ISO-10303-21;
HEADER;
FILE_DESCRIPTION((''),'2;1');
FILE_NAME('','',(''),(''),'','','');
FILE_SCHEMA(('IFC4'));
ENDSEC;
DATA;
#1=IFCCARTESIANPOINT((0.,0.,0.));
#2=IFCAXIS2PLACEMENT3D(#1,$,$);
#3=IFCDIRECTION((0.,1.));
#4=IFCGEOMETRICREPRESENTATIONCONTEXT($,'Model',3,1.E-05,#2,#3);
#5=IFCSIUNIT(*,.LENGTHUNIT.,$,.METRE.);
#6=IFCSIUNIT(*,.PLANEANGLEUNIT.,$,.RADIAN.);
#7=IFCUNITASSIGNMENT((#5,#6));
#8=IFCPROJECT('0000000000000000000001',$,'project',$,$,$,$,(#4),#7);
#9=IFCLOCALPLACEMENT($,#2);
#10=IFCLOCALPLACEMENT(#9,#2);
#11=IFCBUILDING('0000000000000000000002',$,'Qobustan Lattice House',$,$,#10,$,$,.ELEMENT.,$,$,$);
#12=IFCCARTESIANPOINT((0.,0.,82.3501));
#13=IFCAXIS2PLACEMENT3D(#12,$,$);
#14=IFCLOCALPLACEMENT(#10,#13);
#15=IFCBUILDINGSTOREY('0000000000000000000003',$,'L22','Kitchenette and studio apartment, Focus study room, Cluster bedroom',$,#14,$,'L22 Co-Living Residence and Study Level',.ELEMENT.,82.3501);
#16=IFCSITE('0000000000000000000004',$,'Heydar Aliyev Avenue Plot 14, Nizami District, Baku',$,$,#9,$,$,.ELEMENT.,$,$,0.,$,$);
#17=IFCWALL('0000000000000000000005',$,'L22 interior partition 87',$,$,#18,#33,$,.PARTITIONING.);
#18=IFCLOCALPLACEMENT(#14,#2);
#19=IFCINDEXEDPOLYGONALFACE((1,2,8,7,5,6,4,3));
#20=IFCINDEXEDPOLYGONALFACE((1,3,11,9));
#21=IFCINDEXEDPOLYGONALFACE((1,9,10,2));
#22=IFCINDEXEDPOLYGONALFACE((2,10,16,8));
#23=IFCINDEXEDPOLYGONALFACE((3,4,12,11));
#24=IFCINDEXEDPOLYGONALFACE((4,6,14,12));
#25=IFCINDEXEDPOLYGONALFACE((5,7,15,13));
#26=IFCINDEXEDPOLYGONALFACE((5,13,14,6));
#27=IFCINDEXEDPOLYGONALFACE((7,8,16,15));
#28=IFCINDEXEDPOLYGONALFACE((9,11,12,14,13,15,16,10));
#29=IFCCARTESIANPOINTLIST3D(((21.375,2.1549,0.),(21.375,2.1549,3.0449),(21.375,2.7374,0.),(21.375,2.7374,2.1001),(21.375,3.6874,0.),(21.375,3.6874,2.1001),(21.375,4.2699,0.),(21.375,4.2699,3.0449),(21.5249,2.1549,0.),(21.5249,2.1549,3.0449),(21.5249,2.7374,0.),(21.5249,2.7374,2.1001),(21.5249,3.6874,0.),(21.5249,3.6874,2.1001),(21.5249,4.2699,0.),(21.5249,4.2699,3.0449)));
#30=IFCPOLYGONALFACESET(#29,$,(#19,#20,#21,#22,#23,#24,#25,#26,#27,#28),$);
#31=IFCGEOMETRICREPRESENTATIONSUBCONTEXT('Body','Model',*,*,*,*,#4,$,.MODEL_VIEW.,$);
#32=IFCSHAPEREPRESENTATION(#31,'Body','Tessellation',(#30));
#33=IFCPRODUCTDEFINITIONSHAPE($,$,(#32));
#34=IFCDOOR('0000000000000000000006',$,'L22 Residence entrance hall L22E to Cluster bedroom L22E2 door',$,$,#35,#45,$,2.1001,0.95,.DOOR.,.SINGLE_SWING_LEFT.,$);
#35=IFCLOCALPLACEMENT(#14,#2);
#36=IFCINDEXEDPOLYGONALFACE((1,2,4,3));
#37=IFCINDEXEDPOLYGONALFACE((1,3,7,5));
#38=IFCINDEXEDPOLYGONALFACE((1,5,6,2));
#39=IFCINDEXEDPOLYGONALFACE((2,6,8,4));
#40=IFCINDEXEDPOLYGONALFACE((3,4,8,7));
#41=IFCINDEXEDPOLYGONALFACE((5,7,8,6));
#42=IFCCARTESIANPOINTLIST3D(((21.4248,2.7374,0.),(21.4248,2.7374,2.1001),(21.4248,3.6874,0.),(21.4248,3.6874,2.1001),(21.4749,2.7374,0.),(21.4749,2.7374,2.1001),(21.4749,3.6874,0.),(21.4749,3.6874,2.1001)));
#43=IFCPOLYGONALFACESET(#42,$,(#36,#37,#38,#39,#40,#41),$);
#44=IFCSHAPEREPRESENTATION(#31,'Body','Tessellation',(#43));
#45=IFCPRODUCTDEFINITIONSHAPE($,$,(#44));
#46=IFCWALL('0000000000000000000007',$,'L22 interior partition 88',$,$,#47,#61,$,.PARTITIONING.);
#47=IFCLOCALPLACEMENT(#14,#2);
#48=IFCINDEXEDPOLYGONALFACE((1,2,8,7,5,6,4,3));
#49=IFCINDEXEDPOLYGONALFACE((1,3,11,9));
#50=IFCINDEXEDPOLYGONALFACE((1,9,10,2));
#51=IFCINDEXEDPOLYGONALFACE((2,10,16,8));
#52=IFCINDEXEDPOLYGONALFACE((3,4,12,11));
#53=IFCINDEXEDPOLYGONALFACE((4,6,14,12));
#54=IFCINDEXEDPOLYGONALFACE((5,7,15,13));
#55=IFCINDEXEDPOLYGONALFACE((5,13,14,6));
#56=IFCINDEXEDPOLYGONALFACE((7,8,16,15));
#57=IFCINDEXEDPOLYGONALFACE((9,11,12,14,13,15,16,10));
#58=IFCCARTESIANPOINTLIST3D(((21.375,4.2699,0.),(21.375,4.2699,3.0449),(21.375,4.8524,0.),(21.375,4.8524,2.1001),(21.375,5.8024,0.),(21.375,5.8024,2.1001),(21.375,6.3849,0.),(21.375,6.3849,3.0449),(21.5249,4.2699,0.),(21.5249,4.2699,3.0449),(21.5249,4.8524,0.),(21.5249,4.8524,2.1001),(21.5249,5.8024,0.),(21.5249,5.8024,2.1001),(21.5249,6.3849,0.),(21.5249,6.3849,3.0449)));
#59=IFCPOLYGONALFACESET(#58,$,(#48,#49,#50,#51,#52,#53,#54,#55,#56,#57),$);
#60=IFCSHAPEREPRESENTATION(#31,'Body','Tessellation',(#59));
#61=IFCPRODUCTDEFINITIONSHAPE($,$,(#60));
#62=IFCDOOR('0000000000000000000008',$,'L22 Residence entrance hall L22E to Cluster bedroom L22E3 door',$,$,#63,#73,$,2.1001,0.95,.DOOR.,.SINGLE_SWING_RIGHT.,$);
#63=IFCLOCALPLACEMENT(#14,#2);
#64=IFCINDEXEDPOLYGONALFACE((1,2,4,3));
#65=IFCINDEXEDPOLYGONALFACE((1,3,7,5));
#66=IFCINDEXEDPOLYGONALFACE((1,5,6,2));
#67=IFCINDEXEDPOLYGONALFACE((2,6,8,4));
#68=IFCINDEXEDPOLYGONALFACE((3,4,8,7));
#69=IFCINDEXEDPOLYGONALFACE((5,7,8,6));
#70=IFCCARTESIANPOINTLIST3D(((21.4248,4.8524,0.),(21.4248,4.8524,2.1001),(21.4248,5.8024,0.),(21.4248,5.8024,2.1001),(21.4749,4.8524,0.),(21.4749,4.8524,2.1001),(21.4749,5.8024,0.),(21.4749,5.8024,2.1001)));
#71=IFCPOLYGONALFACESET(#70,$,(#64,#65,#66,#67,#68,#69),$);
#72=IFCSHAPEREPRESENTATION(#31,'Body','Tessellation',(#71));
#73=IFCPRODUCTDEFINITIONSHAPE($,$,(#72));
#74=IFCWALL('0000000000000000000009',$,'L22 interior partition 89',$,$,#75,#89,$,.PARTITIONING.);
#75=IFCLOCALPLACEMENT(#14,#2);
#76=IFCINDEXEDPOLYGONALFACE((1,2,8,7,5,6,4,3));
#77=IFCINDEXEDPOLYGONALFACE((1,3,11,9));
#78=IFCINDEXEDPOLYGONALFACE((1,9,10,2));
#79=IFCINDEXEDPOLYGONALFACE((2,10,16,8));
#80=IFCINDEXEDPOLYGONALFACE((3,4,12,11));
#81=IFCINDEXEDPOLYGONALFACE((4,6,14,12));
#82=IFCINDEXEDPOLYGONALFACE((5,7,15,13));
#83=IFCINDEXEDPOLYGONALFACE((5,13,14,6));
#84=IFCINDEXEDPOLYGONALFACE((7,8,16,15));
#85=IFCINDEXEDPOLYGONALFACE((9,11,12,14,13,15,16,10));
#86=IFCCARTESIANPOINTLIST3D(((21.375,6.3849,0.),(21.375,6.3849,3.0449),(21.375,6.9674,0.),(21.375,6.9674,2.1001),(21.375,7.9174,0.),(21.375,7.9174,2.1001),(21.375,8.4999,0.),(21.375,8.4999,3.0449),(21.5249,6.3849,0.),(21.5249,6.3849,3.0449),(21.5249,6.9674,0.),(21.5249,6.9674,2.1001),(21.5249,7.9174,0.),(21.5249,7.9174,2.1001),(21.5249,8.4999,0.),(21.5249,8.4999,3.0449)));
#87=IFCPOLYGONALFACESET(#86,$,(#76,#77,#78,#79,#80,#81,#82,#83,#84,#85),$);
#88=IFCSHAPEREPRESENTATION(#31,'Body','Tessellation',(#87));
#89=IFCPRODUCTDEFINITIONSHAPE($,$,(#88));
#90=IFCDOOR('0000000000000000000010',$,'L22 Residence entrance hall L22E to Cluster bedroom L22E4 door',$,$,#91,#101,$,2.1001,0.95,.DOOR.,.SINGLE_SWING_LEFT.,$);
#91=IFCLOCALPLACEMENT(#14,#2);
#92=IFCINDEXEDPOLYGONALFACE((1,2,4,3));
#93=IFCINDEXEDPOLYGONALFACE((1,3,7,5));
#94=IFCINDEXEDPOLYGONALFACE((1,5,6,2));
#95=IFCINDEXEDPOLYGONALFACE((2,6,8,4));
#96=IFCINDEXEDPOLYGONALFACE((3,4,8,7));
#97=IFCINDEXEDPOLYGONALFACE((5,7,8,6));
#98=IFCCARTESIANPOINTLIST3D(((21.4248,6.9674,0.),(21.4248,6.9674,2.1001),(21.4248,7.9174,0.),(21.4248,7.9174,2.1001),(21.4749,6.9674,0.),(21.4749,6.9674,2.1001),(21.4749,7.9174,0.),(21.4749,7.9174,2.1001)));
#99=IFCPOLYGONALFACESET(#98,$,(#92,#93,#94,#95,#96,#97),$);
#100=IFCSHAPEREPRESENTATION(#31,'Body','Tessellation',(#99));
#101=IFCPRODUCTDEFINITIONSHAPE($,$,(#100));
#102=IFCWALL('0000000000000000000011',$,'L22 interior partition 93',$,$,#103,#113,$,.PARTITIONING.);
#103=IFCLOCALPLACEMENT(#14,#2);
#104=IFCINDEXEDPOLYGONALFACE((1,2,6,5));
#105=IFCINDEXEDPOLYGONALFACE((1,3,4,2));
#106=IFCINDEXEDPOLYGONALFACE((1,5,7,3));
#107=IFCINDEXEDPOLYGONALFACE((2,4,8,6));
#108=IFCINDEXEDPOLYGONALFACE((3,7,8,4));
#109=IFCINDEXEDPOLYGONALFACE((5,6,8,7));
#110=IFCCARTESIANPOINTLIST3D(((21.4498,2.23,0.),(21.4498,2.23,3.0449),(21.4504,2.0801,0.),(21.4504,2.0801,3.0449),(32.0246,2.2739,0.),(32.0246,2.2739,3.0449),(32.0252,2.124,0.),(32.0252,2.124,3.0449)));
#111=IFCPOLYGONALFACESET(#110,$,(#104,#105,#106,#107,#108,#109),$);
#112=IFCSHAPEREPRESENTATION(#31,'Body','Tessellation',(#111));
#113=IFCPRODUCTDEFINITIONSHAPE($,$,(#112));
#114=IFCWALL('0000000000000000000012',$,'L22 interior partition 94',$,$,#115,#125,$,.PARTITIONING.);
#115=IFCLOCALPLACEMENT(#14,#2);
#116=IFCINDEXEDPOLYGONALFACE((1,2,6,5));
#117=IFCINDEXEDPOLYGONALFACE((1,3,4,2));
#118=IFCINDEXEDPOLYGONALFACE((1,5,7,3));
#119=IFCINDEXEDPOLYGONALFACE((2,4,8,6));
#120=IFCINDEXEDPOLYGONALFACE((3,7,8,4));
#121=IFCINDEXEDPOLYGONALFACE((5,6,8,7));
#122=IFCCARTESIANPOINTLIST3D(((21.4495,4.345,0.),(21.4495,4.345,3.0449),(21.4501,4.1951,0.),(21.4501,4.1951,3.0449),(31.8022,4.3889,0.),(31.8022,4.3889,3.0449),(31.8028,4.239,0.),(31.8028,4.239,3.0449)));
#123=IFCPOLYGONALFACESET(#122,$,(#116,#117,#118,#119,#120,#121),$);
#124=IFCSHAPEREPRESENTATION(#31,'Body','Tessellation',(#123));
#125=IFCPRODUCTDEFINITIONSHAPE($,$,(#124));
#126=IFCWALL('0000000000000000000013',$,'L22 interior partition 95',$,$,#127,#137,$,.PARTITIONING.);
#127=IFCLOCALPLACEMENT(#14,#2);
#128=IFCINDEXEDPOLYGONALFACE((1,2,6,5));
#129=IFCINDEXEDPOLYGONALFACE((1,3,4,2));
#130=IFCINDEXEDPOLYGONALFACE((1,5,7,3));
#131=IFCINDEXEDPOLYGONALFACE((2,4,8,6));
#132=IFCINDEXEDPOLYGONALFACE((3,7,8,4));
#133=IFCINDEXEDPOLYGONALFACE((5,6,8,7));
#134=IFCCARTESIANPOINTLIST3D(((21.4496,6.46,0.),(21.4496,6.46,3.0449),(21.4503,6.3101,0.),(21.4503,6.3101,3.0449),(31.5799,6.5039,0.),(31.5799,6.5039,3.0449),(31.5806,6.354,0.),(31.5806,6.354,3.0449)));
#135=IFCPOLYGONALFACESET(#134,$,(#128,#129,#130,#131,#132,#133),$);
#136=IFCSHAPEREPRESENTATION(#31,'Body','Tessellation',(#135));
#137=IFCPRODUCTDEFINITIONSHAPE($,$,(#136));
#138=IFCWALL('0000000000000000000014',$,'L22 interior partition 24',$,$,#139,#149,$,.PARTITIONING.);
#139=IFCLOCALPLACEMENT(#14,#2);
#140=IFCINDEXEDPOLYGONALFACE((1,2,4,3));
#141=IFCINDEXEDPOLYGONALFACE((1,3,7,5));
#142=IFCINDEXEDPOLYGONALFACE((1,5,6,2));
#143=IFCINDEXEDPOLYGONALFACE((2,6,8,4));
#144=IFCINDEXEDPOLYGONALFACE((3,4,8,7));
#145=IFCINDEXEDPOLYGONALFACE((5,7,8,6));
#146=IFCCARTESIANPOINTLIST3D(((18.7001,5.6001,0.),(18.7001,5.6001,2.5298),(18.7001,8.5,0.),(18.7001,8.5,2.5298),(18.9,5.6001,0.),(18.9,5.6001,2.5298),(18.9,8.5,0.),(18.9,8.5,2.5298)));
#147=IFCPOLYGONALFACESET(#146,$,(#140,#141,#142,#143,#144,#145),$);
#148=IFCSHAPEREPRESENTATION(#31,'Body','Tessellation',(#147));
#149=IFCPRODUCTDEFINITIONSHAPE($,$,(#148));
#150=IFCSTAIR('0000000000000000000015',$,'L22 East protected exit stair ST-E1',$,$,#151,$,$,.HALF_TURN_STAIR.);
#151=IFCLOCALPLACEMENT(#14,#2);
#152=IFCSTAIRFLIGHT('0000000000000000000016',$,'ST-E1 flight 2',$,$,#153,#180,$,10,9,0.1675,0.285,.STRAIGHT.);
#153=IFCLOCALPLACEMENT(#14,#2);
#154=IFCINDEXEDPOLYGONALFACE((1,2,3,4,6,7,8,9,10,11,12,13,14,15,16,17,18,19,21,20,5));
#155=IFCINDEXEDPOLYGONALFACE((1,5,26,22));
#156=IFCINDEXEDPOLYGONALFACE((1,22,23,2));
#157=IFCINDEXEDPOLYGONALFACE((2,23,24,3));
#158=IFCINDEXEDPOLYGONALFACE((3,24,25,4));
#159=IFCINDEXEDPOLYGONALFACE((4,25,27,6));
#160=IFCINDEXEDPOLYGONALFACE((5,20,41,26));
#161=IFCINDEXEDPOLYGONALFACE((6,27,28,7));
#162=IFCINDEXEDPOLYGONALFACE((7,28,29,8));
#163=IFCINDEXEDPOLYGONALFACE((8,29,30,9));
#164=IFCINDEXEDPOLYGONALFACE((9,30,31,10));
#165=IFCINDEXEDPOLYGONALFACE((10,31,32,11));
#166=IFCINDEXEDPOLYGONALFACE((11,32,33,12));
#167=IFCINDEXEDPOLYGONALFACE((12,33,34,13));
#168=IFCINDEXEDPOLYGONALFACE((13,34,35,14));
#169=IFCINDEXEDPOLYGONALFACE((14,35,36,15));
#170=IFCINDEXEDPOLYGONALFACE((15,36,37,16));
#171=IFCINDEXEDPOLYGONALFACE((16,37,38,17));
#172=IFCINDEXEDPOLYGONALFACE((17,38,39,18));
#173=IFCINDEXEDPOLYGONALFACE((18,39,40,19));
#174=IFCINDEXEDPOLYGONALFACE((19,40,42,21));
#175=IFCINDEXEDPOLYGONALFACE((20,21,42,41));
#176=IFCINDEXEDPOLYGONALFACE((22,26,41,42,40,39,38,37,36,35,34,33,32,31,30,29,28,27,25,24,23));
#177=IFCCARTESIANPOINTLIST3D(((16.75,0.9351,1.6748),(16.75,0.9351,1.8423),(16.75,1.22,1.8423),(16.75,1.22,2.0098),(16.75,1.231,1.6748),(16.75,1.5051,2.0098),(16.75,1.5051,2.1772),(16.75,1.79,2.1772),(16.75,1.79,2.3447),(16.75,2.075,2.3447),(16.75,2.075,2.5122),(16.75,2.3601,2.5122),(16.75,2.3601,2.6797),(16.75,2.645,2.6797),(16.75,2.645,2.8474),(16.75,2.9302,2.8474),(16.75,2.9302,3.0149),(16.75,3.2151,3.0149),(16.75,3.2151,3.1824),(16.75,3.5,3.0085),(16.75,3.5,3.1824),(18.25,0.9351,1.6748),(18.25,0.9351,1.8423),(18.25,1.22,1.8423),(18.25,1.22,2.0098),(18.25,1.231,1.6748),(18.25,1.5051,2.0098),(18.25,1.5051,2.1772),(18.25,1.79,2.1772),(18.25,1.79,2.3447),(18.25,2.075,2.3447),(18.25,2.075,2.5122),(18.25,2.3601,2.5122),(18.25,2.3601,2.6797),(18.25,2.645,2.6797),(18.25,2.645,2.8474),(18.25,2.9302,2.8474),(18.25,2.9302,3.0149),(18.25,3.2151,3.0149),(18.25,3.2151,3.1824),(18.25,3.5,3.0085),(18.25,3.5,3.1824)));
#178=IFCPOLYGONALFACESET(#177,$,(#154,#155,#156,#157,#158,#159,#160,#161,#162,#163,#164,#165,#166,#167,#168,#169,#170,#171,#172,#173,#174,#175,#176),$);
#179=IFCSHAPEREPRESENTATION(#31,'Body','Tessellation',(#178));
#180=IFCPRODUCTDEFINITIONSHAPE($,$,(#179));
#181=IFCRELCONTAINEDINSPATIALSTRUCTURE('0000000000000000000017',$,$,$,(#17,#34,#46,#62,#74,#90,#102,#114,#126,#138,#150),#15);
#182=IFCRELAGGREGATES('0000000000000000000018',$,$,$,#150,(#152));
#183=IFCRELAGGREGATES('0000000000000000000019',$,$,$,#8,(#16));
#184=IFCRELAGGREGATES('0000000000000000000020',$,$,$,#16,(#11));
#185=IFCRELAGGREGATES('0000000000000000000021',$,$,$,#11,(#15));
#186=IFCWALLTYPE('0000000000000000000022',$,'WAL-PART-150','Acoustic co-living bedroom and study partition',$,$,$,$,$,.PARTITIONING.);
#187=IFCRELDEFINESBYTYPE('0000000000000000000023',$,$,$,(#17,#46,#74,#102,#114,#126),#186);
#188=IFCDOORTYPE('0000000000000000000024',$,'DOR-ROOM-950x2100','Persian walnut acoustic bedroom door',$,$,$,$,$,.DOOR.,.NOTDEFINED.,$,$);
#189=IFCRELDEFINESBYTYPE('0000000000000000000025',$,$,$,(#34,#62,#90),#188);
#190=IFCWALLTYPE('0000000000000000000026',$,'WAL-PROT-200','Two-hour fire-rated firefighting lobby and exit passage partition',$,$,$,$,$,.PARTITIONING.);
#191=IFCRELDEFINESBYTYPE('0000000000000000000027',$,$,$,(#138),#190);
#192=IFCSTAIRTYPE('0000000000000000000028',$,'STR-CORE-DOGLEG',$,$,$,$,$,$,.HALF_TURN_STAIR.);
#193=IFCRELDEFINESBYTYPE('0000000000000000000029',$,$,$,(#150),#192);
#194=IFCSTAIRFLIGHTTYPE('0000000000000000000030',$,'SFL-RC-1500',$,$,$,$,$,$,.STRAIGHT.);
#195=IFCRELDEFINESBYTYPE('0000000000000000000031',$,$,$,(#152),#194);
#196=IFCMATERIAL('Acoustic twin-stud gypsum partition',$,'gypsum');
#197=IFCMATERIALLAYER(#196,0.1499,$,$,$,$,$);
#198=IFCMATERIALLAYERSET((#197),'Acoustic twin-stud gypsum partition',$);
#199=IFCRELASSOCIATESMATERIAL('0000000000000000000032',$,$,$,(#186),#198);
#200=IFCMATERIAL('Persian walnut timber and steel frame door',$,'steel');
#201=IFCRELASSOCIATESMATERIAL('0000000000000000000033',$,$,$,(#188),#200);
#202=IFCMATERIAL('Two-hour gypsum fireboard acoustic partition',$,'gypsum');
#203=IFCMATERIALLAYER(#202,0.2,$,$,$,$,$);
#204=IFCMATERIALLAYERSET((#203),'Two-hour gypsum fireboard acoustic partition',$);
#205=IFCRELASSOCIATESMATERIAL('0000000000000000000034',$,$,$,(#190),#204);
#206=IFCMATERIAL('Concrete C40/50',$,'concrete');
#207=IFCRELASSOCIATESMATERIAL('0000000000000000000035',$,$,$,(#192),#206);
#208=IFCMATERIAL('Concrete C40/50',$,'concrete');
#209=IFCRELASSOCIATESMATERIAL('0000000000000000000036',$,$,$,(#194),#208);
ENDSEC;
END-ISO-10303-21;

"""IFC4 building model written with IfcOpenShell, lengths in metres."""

from ifc_helpers import new_model, si_unit, direction, frame, frame_2d, origin, place, context, subcontext, project, spatial, polyline, rectangle, outline, extrude, material, layer, layer_set, type_object, element, fill, aggregate, save


model = new_model("IFC4")

# Units and contexts
model_context = context("Model", 3, precision=1e-05, world=origin(), true_north=direction((0.0, 1.0)))
body_context = subcontext(model_context, "Body", "Model", "MODEL_VIEW")
ifc_project = project(units=[si_unit("LENGTHUNIT", "METRE"), si_unit("PLANEANGLEUNIT", "RADIAN")], contexts=[model_context])

# Site, building, storey
site_placement = place(None, origin())
site = spatial("IfcSite", under=ifc_project, at=site_placement, Name="Heydar Aliyev Avenue Plot 14, Nizami District, Baku", CompositionType="ELEMENT", RefElevation=0.0)
building_placement = place(site_placement, origin())
building = spatial("IfcBuilding", under=site, at=building_placement, Name="Qobustan Lattice House", CompositionType="ELEMENT")
storey_placement = place(building_placement, frame((0.0, 0.0, 82.3501)))
storey = spatial("IfcBuildingStorey", under=building, at=storey_placement, Name="L22", Description="Kitchenette and studio apartment, Focus study room, Cluster bedroom", LongName="L22 Co-Living Residence and Study Level", CompositionType="ELEMENT", Elevation=82.3501)

# Shared definitions
ifc_material_1 = material(Name="Acoustic twin-stud gypsum partition", Category="gypsum")
ifc_layer_1 = layer(ifc_material_1, 0.1499)
ifc_layer_set_1 = layer_set([ifc_layer_1], Name="Acoustic twin-stud gypsum partition")
wall_type_1 = type_object("IfcWallType", Name="WAL-PART-150", Description="Acoustic co-living bedroom and study partition", PredefinedType="PARTITIONING", material=ifc_layer_set_1)

# Walls, openings, doors
ifc_material_2 = material(Name="Persian walnut timber and steel frame door", Category="steel")
door_type_1 = type_object("IfcDoorType", Name="DOR-ROOM-950x2100", Description="Persian walnut acoustic bedroom door", OperationType="NOTDEFINED", PredefinedType="DOOR", material=ifc_material_2)
wall_1_placement = place(storey_placement, frame((21.45, 4.27, 0.0), z_axis=(0.0, 0.0, 1.0), x_axis=(0.0, -1.0, 0.0)))
wall_1 = element("IfcWall", 1, at=wall_1_placement, inside=storey, type_object=wall_type_1, Name="L22 interior partition 87", PredefinedType="PARTITIONING", context=body_context, shape_type="SweptSolid", body=[
    extrude(rectangle(XDim=2.115, YDim=0.1499, at=frame_2d((1.0576, 0.0))), origin(), (0.0, 0.0, 1.0), 3.0449),
])
opening_1_placement = place(wall_1_placement, frame((0.5825, 0.0, 0.0)))
opening_1 = element("IfcOpeningElement", 2, at=opening_1_placement, cuts=wall_1, PredefinedType="OPENING", context=body_context, shape_type="SweptSolid", body=[
    extrude(rectangle(XDim=0.95, YDim=2.1001, at=frame_2d((0.4751, 1.05))), frame((0.0, 0.085, 0.0), z_axis=(0.0, -1.0, 0.0), x_axis=(1.0, 0.0, 0.0)), (0.0, 0.0, 1.0), 0.1699),
])
door_1_placement = place(opening_1_placement, origin())
door_1 = element("IfcDoor", 3, at=door_1_placement, inside=storey, type_object=door_type_1, Name="L22 Residence entrance hall L22E to Cluster bedroom L22E2 door", OperationType="SINGLE_SWING_LEFT", OverallHeight=2.1001, OverallWidth=0.95, PredefinedType="DOOR", context=body_context, shape_type="SweptSolid", body=[
    extrude(rectangle(XDim=0.95, YDim=2.1001, at=frame_2d((0.4751, 1.05))), frame((0.0, 0.0249, 0.0), z_axis=(0.0, -1.0, 0.0), x_axis=(1.0, 0.0, 0.0)), (0.0, 0.0, 1.0), 0.05),
])
fill(opening_1, door_1)
wall_2_placement = place(storey_placement, frame((21.45, 6.385, 0.0), z_axis=(0.0, 0.0, 1.0), x_axis=(0.0, -1.0, 0.0)))
wall_2 = element("IfcWall", 4, at=wall_2_placement, inside=storey, type_object=wall_type_1, Name="L22 interior partition 88", PredefinedType="PARTITIONING", context=body_context, shape_type="SweptSolid", body=[
    extrude(rectangle(XDim=2.115, YDim=0.1499, at=frame_2d((1.0576, 0.0))), origin(), (0.0, 0.0, 1.0), 3.0449),
])
opening_2_placement = place(wall_2_placement, frame((0.5825, 0.0, 0.0)))
opening_2 = element("IfcOpeningElement", 5, at=opening_2_placement, cuts=wall_2, PredefinedType="OPENING", context=body_context, shape_type="SweptSolid", body=[
    extrude(rectangle(XDim=0.95, YDim=2.1001, at=frame_2d((0.4751, 1.05))), frame((0.0, 0.085, 0.0), z_axis=(0.0, -1.0, 0.0), x_axis=(1.0, 0.0, 0.0)), (0.0, 0.0, 1.0), 0.1699),
])
door_2_placement = place(opening_2_placement, origin())
door_2 = element("IfcDoor", 6, at=door_2_placement, inside=storey, type_object=door_type_1, Name="L22 Residence entrance hall L22E to Cluster bedroom L22E3 door", OperationType="SINGLE_SWING_RIGHT", OverallHeight=2.1001, OverallWidth=0.95, PredefinedType="DOOR", context=body_context, shape_type="SweptSolid", body=[
    extrude(rectangle(XDim=0.95, YDim=2.1001, at=frame_2d((0.4751, 1.05))), frame((0.0, 0.0249, 0.0), z_axis=(0.0, -1.0, 0.0), x_axis=(1.0, 0.0, 0.0)), (0.0, 0.0, 1.0), 0.05),
])
fill(opening_2, door_2)
wall_3_placement = place(storey_placement, frame((21.45, 8.5, 0.0), z_axis=(0.0, 0.0, 1.0), x_axis=(0.0, -1.0, 0.0)))
wall_3 = element("IfcWall", 7, at=wall_3_placement, inside=storey, type_object=wall_type_1, Name="L22 interior partition 89", PredefinedType="PARTITIONING", context=body_context, shape_type="SweptSolid", body=[
    extrude(rectangle(XDim=2.115, YDim=0.1499, at=frame_2d((1.0576, 0.0))), origin(), (0.0, 0.0, 1.0), 3.0449),
])
opening_3_placement = place(wall_3_placement, frame((0.5825, 0.0, 0.0)))
opening_3 = element("IfcOpeningElement", 8, at=opening_3_placement, cuts=wall_3, PredefinedType="OPENING", context=body_context, shape_type="SweptSolid", body=[
    extrude(rectangle(XDim=0.95, YDim=2.1001, at=frame_2d((0.4751, 1.05))), frame((0.0, 0.085, 0.0), z_axis=(0.0, -1.0, 0.0), x_axis=(1.0, 0.0, 0.0)), (0.0, 0.0, 1.0), 0.1699),
])
door_3_placement = place(opening_3_placement, origin())
door_3 = element("IfcDoor", 9, at=door_3_placement, inside=storey, type_object=door_type_1, Name="L22 Residence entrance hall L22E to Cluster bedroom L22E4 door", OperationType="SINGLE_SWING_LEFT", OverallHeight=2.1001, OverallWidth=0.95, PredefinedType="DOOR", context=body_context, shape_type="SweptSolid", body=[
    extrude(rectangle(XDim=0.95, YDim=2.1001, at=frame_2d((0.4751, 1.05))), frame((0.0, 0.0249, 0.0), z_axis=(0.0, -1.0, 0.0), x_axis=(1.0, 0.0, 0.0)), (0.0, 0.0, 1.0), 0.05),
])
fill(opening_3, door_3)

# Walls
wall_4_placement = place(storey_placement, frame((21.45, 2.155, 0.0), z_axis=(0.0, 0.0, 1.0), x_axis=(0.999991, 0.004156, 0.0)))
element("IfcWall", 10, at=wall_4_placement, inside=storey, type_object=wall_type_1, Name="L22 interior partition 93", PredefinedType="PARTITIONING", context=body_context, shape_type="SweptSolid", body=[
    extrude(rectangle(XDim=10.575, YDim=0.1499, at=frame_2d((5.2876, 0.0))), origin(), (0.0, 0.0, 1.0), 3.0449),
])
wall_5_placement = place(storey_placement, frame((21.45, 4.27, 0.0), z_axis=(0.0, 0.0, 1.0), x_axis=(0.999991, 0.004245, 0.0)))
element("IfcWall", 11, at=wall_5_placement, inside=storey, type_object=wall_type_1, Name="L22 interior partition 94", PredefinedType="PARTITIONING", context=body_context, shape_type="SweptSolid", body=[
    extrude(rectangle(XDim=10.3528, YDim=0.1499, at=frame_2d((5.1763, 0.0))), origin(), (0.0, 0.0, 1.0), 3.0449),
])
wall_6_placement = place(storey_placement, frame((21.45, 6.385, 0.0), z_axis=(0.0, 0.0, 1.0), x_axis=(0.999991, 0.004338, 0.0)))
element("IfcWall", 12, at=wall_6_placement, inside=storey, type_object=wall_type_1, Name="L22 interior partition 95", PredefinedType="PARTITIONING", context=body_context, shape_type="SweptSolid", body=[
    extrude(rectangle(XDim=10.1304, YDim=0.1499, at=frame_2d((5.0652, 0.0))), origin(), (0.0, 0.0, 1.0), 3.0449),
])

# Shared definitions
ifc_material_3 = material(Name="Two-hour gypsum fireboard acoustic partition", Category="gypsum")
ifc_layer_2 = layer(ifc_material_3, 0.2)
ifc_layer_set_2 = layer_set([ifc_layer_2], Name="Two-hour gypsum fireboard acoustic partition")
wall_type_2 = type_object("IfcWallType", Name="WAL-PROT-200", Description="Two-hour fire-rated firefighting lobby and exit passage partition", PredefinedType="PARTITIONING", material=ifc_layer_set_2)

# Wall
wall_7_placement = place(storey_placement, frame((18.8, 5.6001, 0.0), z_axis=(0.0, 0.0, 1.0), x_axis=(0.0, 1.0, 0.0)))
element("IfcWall", 13, at=wall_7_placement, inside=storey, type_object=wall_type_2, Name="L22 interior partition 24", PredefinedType="PARTITIONING", context=body_context, shape_type="SweptSolid", body=[
    extrude(rectangle(XDim=2.8999, YDim=0.2, at=frame_2d((1.45, 0.0))), origin(), (0.0, 0.0, 1.0), 2.5298),
])

# Stair, stair flight
ifc_material_4 = material(Name="Concrete C40/50", Category="concrete")
stair_type = type_object("IfcStairType", Name="STR-CORE-DOGLEG", PredefinedType="HALF_TURN_STAIR", material=ifc_material_4)
stair_placement = place(storey_placement, origin())
stair = element("IfcStair", 14, at=stair_placement, inside=storey, type_object=stair_type, Name="L22 East protected exit stair ST-E1", PredefinedType="HALF_TURN_STAIR")
ifc_material_5 = material(Name="Concrete C40/50", Category="concrete")
stair_flight_type = type_object("IfcStairFlightType", Name="SFL-RC-1500", PredefinedType="STRAIGHT", material=ifc_material_5)
stair_flight_placement = place(storey_placement, frame((17.5, 0.9351, 1.6748), z_axis=(0.0, 0.0, 1.0), x_axis=(0.0, 1.0, 0.0)))
stair_flight = element("IfcStairFlight", 15, at=stair_flight_placement, type_object=stair_flight_type, Name="ST-E1 flight 2", NumberOfRisers=10, NumberOfTreads=9, PredefinedType="STRAIGHT", RiserHeight=0.1675, TreadLength=0.285, context=body_context, shape_type="SweptSolid", body=[
    extrude(outline(polyline([(0.0, 0.0), (0.0, 0.1675), (0.2849, 0.1675), (0.2849, 0.335), (0.5701, 0.335), (0.5701, 0.5024), (0.855, 0.5024), (0.855, 0.6699), (1.1399, 0.6699), (1.1399, 0.8374), (1.425, 0.8374), (1.425, 1.0049), (1.71, 1.0049), (1.71, 1.1726), (1.9951, 1.1726), (1.9951, 1.3401), (2.28, 1.3401), (2.28, 1.5076), (2.5649, 1.5076), (2.5649, 1.675), (2.5649, 1.3337), (0.2959, 0.0), (0.0, 0.0)])), frame((0.0, 0.75, 0.0), z_axis=(0.0, -1.0, 0.0), x_axis=(1.0, 0.0, 0.0)), (0.0, 0.0, 1.0), 1.5),
])
aggregate(stair, [stair_flight])

save(model, "model.ifc")
